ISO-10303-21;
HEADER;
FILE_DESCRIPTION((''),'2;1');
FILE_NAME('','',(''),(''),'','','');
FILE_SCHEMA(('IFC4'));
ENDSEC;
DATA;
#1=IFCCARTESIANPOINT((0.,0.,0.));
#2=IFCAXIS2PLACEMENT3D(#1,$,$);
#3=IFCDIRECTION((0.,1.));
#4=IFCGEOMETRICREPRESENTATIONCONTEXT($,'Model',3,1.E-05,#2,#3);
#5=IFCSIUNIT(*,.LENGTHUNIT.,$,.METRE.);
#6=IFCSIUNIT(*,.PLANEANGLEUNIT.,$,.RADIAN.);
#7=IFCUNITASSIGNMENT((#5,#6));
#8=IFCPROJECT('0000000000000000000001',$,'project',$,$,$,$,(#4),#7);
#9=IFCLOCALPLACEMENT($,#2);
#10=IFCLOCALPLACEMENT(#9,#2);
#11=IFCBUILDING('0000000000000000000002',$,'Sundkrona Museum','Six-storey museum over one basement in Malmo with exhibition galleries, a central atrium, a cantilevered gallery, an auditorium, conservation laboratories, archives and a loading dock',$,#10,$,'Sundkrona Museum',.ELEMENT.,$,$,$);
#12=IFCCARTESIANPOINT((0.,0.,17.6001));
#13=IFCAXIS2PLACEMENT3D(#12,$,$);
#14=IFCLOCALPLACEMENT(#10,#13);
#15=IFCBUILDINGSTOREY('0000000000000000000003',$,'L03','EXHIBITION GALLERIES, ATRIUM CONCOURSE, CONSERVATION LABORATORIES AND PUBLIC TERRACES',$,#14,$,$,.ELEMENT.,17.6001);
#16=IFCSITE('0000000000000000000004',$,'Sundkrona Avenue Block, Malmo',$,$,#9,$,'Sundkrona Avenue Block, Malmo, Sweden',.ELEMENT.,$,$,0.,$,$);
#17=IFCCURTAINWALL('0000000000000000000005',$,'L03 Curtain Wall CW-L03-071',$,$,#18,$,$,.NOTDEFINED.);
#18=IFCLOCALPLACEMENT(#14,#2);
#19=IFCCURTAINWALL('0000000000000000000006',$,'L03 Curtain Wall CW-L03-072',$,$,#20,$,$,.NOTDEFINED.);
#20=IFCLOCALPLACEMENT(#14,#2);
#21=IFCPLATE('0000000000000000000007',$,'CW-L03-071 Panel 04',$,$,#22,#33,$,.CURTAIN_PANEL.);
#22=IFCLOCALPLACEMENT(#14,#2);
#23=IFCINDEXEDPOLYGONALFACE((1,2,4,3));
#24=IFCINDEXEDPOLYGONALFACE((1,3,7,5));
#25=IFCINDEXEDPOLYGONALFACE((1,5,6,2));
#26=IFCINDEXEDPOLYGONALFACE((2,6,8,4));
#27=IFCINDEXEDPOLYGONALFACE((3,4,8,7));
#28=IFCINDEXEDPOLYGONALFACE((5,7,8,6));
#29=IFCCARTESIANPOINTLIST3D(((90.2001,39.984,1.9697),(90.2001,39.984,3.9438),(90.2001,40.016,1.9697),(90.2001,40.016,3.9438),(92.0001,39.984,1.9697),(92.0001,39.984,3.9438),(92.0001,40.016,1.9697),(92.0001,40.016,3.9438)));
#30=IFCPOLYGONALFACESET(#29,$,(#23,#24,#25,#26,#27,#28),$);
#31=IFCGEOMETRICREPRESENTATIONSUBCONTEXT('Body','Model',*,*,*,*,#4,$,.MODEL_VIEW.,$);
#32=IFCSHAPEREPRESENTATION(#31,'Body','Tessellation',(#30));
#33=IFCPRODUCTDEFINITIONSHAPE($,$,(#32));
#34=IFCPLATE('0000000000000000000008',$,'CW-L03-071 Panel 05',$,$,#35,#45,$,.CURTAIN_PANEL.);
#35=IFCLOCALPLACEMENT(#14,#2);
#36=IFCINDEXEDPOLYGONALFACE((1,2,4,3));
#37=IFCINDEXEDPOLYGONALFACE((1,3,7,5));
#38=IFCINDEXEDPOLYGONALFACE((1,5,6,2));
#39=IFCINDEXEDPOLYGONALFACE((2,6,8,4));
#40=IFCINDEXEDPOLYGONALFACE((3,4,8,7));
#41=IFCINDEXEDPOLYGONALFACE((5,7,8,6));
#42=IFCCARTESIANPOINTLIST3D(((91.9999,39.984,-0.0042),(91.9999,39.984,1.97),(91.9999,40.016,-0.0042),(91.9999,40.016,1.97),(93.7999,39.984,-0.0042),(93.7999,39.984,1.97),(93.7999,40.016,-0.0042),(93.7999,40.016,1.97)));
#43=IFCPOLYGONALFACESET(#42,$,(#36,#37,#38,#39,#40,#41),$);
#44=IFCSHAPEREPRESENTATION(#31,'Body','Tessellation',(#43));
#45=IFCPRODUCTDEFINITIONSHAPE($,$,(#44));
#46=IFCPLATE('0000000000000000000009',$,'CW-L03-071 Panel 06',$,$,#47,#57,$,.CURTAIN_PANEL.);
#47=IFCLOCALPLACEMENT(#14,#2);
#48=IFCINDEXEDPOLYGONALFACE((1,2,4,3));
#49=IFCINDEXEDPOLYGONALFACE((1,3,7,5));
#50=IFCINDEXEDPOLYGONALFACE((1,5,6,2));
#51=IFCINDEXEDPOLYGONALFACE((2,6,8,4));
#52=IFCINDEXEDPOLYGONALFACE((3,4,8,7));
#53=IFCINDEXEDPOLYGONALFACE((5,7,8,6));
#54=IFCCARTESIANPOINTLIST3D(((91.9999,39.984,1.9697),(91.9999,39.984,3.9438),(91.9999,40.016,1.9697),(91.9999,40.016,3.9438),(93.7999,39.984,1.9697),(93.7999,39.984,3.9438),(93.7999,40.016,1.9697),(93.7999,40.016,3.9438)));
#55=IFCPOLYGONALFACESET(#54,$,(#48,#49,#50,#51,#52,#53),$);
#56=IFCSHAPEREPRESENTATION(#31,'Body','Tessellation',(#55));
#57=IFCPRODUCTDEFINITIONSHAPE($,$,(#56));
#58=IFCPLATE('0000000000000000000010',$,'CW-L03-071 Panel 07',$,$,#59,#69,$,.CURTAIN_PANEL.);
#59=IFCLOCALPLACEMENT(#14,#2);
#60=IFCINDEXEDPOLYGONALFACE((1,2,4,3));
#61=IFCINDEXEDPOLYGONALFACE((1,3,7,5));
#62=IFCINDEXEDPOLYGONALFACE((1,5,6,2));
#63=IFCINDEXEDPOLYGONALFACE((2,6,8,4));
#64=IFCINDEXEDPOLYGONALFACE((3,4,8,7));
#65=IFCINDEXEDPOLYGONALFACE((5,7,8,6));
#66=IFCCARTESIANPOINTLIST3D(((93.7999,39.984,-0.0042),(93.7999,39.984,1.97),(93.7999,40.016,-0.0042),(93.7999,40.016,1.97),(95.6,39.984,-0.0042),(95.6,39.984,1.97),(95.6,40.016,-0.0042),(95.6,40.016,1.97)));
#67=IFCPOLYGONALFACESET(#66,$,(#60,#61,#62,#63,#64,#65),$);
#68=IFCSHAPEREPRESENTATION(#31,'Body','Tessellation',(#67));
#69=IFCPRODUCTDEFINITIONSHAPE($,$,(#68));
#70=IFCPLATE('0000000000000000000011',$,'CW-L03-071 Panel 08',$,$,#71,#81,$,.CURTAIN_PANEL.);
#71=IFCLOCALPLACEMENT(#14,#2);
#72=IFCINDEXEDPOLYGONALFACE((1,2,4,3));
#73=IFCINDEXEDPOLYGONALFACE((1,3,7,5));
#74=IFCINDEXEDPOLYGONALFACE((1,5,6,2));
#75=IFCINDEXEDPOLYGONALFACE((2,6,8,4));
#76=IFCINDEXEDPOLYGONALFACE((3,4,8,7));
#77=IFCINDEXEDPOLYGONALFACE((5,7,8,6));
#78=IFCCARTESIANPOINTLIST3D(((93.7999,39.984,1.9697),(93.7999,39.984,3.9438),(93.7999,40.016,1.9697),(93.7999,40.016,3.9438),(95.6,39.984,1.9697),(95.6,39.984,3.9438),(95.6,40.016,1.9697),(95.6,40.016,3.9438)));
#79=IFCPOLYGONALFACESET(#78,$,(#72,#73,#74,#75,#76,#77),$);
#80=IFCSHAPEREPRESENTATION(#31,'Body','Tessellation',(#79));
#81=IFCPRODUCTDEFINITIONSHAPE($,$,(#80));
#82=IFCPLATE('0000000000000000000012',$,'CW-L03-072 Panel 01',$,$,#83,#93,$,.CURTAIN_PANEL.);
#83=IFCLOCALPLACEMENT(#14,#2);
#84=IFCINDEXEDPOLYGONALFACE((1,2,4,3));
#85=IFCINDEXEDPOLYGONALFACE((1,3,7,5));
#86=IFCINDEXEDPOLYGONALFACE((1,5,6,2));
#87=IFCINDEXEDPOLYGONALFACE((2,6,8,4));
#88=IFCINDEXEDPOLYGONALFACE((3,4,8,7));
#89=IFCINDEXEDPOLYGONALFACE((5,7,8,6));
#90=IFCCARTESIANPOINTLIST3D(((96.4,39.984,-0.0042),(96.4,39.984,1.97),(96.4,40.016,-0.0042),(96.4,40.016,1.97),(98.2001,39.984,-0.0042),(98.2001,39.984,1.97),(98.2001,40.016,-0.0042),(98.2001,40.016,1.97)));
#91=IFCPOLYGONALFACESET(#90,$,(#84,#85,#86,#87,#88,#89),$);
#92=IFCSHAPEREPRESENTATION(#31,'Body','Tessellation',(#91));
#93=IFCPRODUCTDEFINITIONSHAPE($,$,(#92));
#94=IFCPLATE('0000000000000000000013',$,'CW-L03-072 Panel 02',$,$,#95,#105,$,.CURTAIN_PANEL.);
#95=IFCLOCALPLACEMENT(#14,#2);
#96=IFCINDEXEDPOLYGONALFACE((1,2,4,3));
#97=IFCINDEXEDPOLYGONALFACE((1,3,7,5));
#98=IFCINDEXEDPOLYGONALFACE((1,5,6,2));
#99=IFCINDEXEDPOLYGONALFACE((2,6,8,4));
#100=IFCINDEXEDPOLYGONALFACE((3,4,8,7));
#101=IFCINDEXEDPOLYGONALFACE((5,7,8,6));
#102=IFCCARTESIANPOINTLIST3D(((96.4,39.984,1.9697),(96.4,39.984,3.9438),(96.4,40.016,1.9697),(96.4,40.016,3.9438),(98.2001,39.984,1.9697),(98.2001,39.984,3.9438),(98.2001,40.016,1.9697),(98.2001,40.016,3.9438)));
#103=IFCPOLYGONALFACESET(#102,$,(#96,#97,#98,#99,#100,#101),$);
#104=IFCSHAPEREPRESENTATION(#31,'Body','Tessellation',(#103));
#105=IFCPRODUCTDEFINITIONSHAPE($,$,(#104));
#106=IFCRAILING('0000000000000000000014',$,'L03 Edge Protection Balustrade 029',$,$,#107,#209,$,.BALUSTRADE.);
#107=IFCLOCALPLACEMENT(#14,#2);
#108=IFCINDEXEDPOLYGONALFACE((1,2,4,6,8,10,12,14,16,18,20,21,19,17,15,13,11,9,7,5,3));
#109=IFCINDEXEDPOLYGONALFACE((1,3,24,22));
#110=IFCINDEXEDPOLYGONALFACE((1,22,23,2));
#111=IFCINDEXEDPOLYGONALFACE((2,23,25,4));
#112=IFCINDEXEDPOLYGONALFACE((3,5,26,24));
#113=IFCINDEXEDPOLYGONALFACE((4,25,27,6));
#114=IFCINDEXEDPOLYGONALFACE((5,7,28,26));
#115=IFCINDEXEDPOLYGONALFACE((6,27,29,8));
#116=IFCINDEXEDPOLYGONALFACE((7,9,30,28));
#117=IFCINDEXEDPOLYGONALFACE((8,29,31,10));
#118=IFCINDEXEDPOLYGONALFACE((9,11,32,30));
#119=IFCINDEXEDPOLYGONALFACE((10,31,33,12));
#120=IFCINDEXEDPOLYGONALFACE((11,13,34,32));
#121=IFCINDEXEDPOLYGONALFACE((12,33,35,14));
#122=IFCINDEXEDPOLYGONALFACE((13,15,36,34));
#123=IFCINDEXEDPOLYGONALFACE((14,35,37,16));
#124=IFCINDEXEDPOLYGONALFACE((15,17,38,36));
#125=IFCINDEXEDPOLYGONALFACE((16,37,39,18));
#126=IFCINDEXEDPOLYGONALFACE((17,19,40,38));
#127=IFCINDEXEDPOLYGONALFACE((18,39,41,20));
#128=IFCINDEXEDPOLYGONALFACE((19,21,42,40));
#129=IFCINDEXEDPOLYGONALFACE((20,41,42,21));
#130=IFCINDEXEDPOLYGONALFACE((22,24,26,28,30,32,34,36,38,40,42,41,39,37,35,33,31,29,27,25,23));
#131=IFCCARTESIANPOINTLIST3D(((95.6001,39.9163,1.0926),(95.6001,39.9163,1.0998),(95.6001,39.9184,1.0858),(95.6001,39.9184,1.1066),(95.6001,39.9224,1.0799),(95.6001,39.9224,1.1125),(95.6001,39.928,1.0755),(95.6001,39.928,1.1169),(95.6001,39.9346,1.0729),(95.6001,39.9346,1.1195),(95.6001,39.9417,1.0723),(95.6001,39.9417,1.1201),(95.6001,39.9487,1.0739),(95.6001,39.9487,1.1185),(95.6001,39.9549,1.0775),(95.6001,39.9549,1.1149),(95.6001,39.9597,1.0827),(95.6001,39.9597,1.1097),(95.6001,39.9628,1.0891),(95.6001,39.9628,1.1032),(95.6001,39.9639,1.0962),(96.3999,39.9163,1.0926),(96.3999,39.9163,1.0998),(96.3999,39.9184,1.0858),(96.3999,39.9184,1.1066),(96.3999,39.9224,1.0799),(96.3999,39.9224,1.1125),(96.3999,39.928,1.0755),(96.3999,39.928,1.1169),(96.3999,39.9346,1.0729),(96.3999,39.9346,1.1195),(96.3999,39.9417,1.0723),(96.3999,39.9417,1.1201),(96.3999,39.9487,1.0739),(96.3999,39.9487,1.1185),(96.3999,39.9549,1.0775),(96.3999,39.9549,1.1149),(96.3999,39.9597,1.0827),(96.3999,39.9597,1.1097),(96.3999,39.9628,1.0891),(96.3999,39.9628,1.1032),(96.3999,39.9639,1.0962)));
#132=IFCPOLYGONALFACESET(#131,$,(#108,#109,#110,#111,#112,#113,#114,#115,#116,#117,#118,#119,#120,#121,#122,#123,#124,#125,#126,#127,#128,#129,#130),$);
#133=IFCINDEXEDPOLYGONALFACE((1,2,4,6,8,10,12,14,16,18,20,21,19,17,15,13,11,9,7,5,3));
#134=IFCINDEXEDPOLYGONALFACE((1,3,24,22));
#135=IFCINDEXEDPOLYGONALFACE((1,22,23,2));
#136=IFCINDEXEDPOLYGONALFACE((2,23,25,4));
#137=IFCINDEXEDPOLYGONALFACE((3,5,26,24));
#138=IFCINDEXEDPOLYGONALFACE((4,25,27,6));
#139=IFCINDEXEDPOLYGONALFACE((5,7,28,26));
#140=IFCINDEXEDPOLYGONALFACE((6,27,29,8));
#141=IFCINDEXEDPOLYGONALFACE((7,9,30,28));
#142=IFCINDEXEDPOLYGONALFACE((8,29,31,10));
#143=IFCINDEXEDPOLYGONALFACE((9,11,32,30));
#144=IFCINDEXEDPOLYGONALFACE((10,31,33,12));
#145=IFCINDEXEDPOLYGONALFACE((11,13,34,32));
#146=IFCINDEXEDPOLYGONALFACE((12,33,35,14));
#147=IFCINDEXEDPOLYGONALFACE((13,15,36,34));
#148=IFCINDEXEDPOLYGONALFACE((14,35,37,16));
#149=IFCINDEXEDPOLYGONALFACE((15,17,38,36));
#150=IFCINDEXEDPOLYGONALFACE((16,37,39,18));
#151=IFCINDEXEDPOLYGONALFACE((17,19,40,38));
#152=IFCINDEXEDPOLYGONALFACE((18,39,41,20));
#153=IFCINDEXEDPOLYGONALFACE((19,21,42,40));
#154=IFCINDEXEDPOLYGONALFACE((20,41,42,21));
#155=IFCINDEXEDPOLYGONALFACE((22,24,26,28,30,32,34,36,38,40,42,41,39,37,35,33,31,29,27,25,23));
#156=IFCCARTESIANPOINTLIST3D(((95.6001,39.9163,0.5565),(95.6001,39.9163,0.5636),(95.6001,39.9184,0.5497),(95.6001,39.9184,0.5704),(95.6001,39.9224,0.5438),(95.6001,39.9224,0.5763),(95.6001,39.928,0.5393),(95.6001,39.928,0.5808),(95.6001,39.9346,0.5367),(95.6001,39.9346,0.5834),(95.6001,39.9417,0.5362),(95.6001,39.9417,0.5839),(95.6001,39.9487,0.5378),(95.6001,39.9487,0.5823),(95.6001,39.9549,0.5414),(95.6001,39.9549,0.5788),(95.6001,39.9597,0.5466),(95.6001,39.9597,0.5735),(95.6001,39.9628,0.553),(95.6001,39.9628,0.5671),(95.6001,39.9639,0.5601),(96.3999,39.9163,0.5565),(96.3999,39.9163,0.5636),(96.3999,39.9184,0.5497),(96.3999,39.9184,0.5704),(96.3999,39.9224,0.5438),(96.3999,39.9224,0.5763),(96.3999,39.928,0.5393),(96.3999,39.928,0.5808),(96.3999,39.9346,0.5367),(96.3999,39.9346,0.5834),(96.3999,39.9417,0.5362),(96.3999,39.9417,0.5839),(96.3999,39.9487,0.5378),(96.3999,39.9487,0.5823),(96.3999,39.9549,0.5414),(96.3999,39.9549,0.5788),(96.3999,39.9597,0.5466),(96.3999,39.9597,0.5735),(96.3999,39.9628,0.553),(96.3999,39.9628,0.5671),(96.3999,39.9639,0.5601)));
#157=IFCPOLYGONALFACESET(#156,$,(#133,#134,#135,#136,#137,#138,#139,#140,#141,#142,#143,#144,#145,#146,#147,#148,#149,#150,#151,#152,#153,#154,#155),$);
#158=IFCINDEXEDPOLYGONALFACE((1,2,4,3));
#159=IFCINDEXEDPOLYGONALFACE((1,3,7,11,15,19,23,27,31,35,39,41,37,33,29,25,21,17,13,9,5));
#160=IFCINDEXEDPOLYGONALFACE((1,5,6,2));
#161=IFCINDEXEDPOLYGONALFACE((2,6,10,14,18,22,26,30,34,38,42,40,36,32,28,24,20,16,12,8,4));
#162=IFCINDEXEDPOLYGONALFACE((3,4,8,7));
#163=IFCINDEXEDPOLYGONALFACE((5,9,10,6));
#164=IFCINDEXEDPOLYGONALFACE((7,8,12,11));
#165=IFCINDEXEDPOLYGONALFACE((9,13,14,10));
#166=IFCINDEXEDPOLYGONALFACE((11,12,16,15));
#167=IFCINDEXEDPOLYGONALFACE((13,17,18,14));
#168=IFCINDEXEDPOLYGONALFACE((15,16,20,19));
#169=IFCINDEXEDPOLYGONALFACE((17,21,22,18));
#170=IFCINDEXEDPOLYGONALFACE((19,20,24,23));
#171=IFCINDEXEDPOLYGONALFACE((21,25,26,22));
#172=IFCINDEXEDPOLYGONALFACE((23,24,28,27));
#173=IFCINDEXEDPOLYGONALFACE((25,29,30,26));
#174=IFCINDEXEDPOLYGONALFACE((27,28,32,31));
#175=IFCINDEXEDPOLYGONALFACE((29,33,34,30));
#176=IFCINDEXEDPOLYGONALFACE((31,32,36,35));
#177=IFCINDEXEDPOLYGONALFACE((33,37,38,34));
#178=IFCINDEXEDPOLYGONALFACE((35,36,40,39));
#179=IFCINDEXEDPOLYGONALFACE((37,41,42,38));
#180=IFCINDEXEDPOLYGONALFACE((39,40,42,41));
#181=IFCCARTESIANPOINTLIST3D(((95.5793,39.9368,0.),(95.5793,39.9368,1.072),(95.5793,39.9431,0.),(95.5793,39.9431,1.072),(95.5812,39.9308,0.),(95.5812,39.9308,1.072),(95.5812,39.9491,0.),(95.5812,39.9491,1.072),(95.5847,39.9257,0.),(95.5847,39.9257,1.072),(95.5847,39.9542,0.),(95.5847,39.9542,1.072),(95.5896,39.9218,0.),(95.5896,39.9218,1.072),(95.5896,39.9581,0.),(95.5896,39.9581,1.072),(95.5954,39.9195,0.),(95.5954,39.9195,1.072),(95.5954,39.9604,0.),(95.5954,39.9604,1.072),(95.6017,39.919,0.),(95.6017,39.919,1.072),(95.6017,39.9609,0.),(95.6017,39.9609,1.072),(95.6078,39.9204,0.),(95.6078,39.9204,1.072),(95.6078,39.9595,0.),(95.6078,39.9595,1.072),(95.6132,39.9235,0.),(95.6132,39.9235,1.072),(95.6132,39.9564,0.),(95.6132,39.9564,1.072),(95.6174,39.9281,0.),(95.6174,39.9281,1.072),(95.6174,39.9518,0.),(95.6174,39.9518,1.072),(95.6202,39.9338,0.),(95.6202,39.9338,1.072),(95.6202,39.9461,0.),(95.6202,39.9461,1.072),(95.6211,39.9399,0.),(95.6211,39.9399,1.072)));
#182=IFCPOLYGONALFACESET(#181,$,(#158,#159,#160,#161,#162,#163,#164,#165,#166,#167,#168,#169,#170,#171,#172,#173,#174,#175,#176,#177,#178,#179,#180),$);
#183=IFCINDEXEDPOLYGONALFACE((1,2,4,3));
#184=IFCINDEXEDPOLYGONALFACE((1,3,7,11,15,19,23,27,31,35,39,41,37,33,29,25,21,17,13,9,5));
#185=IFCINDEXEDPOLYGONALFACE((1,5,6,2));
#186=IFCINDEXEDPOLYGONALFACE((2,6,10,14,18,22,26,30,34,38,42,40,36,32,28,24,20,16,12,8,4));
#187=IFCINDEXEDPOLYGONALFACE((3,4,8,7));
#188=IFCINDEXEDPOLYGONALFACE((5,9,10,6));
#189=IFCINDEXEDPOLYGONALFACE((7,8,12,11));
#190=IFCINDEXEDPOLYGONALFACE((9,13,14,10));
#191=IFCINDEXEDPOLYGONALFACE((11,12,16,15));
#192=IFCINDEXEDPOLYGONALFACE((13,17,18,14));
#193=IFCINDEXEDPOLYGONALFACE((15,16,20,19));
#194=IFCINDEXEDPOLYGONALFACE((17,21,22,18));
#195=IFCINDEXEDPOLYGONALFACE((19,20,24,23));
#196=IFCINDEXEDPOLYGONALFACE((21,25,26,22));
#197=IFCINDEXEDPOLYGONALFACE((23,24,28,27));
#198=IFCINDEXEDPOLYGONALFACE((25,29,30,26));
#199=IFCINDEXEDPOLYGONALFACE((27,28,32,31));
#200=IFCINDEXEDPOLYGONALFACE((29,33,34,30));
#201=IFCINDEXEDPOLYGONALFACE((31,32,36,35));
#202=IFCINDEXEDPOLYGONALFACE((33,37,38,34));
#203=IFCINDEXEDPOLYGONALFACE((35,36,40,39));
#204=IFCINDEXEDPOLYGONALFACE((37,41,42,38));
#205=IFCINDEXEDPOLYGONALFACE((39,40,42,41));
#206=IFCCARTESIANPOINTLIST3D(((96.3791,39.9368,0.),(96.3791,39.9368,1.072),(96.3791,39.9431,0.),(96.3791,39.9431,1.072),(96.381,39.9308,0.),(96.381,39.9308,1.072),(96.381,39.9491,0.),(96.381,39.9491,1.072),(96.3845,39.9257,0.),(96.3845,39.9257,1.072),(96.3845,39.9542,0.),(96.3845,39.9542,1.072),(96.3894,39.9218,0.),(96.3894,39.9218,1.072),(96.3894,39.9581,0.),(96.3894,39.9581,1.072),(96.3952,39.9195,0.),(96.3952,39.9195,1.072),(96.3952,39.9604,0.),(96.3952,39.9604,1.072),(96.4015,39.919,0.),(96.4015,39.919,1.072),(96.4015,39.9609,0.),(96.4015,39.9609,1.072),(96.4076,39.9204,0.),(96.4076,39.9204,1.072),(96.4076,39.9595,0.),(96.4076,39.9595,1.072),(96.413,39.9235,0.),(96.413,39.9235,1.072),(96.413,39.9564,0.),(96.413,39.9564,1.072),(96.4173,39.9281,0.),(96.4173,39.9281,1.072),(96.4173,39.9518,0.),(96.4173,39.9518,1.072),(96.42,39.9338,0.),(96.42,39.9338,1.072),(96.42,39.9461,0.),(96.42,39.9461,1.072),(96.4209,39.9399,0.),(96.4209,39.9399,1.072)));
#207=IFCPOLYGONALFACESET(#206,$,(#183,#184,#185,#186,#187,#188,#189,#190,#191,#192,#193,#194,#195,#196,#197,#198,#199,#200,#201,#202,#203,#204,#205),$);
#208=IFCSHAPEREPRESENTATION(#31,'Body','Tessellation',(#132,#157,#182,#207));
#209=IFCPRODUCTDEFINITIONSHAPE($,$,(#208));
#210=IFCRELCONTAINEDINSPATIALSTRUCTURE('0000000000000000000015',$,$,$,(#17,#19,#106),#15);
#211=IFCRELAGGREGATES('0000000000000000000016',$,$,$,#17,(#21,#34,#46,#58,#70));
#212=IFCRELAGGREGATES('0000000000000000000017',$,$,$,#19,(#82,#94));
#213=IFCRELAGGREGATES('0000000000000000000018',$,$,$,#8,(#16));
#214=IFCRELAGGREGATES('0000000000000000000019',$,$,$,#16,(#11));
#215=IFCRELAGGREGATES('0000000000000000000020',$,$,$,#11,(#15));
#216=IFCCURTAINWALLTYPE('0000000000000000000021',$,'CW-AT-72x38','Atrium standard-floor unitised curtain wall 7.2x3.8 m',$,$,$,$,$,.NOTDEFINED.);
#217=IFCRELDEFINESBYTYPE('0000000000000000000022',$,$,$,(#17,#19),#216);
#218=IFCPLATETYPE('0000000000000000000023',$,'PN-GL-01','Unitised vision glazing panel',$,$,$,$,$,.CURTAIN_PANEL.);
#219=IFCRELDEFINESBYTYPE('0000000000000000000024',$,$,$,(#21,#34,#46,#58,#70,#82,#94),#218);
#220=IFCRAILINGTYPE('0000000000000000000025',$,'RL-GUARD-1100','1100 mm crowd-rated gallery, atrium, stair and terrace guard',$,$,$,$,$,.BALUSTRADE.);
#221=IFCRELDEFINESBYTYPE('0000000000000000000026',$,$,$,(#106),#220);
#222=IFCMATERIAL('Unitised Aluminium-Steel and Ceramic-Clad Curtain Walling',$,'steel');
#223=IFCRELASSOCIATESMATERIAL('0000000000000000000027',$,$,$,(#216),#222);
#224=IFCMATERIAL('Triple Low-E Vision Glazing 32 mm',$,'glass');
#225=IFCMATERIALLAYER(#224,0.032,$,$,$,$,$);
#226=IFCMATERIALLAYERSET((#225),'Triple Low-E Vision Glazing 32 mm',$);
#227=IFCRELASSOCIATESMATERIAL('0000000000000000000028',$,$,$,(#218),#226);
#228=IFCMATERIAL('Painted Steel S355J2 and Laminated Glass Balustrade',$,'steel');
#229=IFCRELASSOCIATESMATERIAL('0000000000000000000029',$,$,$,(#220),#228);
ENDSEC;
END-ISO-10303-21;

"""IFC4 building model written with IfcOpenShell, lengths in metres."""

from ifc_helpers import new_model, si_unit, direction, frame, origin, origin_2d, place, context, subcontext, project, spatial, rectangle, circle, extrude, material, layer, layer_set, type_object, element, aggregate, save


model = new_model("IFC4")

# Units and contexts
model_context = context("Model", 3, precision=1e-05, world=origin(), true_north=direction((0.0, 1.0)))
body_context = subcontext(model_context, "Body", "Model", "MODEL_VIEW")
ifc_project = project(units=[si_unit("LENGTHUNIT", "METRE"), si_unit("PLANEANGLEUNIT", "RADIAN")], contexts=[model_context])

# Site, building, storey
site_placement = place(None, origin())
site = spatial("IfcSite", under=ifc_project, at=site_placement, Name="Sundkrona Avenue Block, Malmo", LongName="Sundkrona Avenue Block, Malmo, Sweden", CompositionType="ELEMENT", RefElevation=0.0)
building_placement = place(site_placement, origin())
building = spatial("IfcBuilding", under=site, at=building_placement, Name="Sundkrona Museum", Description="Six-storey museum over one basement in Malmo with exhibition galleries, a central atrium, a cantilevered gallery, an auditorium, conservation laboratories, archives and a loading dock", LongName="Sundkrona Museum", CompositionType="ELEMENT")
storey_placement = place(building_placement, frame((0.0, 0.0, 17.6001)))
storey = spatial("IfcBuildingStorey", under=building, at=storey_placement, Name="L03", Description="EXHIBITION GALLERIES, ATRIUM CONCOURSE, CONSERVATION LABORATORIES AND PUBLIC TERRACES", CompositionType="ELEMENT", Elevation=17.6001)

# Curtain walls
ifc_material_1 = material(Name="Unitised Aluminium-Steel and Ceramic-Clad Curtain Walling", Category="steel")
curtain_wall_type = type_object("IfcCurtainWallType", Name="CW-AT-72x38", Description="Atrium standard-floor unitised curtain wall 7.2x3.8 m", PredefinedType="NOTDEFINED", material=ifc_material_1)
curtain_wall_1_placement = place(storey_placement, origin())
curtain_wall_1 = element("IfcCurtainWall", 1, at=curtain_wall_1_placement, inside=storey, type_object=curtain_wall_type, Name="L03 Curtain Wall CW-L03-071", PredefinedType="NOTDEFINED")
curtain_wall_2_placement = place(storey_placement, origin())
curtain_wall_2 = element("IfcCurtainWall", 2, at=curtain_wall_2_placement, inside=storey, type_object=curtain_wall_type, Name="L03 Curtain Wall CW-L03-072", PredefinedType="NOTDEFINED")

# Plates
ifc_material_2 = material(Name="Triple Low-E Vision Glazing 32 mm", Category="glass")
ifc_layer = layer(ifc_material_2, 0.032)
ifc_layer_set = layer_set([ifc_layer], Name="Triple Low-E Vision Glazing 32 mm")
plate_type = type_object("IfcPlateType", Name="PN-GL-01", Description="Unitised vision glazing panel", PredefinedType="CURTAIN_PANEL", material=ifc_layer_set)
plate_1_placement = place(storey_placement, frame((91.1001, 40.0, 1.9697), z_axis=(0.0, 0.0, 1.0), x_axis=(1.0, 0.0, 0.0)))
plate_1 = element("IfcPlate", 3, at=plate_1_placement, type_object=plate_type, Name="CW-L03-071 Panel 04", PredefinedType="CURTAIN_PANEL", context=body_context, shape_type="SweptSolid", body=[
    extrude(rectangle(XDim=1.8, YDim=0.032, at=origin_2d()), origin(), (0.0, 0.0, 1.0), 1.9741),
])
plate_2_placement = place(storey_placement, frame((92.8999, 40.0, -0.0042), z_axis=(0.0, 0.0, 1.0), x_axis=(1.0, 0.0, 0.0)))
plate_2 = element("IfcPlate", 4, at=plate_2_placement, type_object=plate_type, Name="CW-L03-071 Panel 05", PredefinedType="CURTAIN_PANEL", context=body_context, shape_type="SweptSolid", body=[
    extrude(rectangle(XDim=1.8, YDim=0.032, at=origin_2d()), origin(), (0.0, 0.0, 1.0), 1.9741),
])
plate_3_placement = place(storey_placement, frame((92.8999, 40.0, 1.9697), z_axis=(0.0, 0.0, 1.0), x_axis=(1.0, 0.0, 0.0)))
plate_3 = element("IfcPlate", 5, at=plate_3_placement, type_object=plate_type, Name="CW-L03-071 Panel 06", PredefinedType="CURTAIN_PANEL", context=body_context, shape_type="SweptSolid", body=[
    extrude(rectangle(XDim=1.8, YDim=0.032, at=origin_2d()), origin(), (0.0, 0.0, 1.0), 1.9741),
])
plate_4_placement = place(storey_placement, frame((94.7, 40.0, -0.0042), z_axis=(0.0, 0.0, 1.0), x_axis=(1.0, 0.0, 0.0)))
plate_4 = element("IfcPlate", 6, at=plate_4_placement, type_object=plate_type, Name="CW-L03-071 Panel 07", PredefinedType="CURTAIN_PANEL", context=body_context, shape_type="SweptSolid", body=[
    extrude(rectangle(XDim=1.8, YDim=0.032, at=origin_2d()), origin(), (0.0, 0.0, 1.0), 1.9741),
])
plate_5_placement = place(storey_placement, frame((94.7, 40.0, 1.9697), z_axis=(0.0, 0.0, 1.0), x_axis=(1.0, 0.0, 0.0)))
plate_5 = element("IfcPlate", 7, at=plate_5_placement, type_object=plate_type, Name="CW-L03-071 Panel 08", PredefinedType="CURTAIN_PANEL", context=body_context, shape_type="SweptSolid", body=[
    extrude(rectangle(XDim=1.8, YDim=0.032, at=origin_2d()), origin(), (0.0, 0.0, 1.0), 1.9741),
])
aggregate(curtain_wall_1, [plate_1, plate_2, plate_3, plate_4, plate_5])
plate_6_placement = place(storey_placement, frame((97.3, 40.0, -0.0042), z_axis=(0.0, 0.0, 1.0), x_axis=(1.0, 0.0, 0.0)))
plate_6 = element("IfcPlate", 8, at=plate_6_placement, type_object=plate_type, Name="CW-L03-072 Panel 01", PredefinedType="CURTAIN_PANEL", context=body_context, shape_type="SweptSolid", body=[
    extrude(rectangle(XDim=1.8, YDim=0.032, at=origin_2d()), origin(), (0.0, 0.0, 1.0), 1.9741),
])
plate_7_placement = place(storey_placement, frame((97.3, 40.0, 1.9697), z_axis=(0.0, 0.0, 1.0), x_axis=(1.0, 0.0, 0.0)))
plate_7 = element("IfcPlate", 9, at=plate_7_placement, type_object=plate_type, Name="CW-L03-072 Panel 02", PredefinedType="CURTAIN_PANEL", context=body_context, shape_type="SweptSolid", body=[
    extrude(rectangle(XDim=1.8, YDim=0.032, at=origin_2d()), origin(), (0.0, 0.0, 1.0), 1.9741),
])
aggregate(curtain_wall_2, [plate_6, plate_7])

# Railing
ifc_material_3 = material(Name="Painted Steel S355J2 and Laminated Glass Balustrade", Category="steel")
railing_type = type_object("IfcRailingType", Name="RL-GUARD-1100", Description="1100 mm crowd-rated gallery, atrium, stair and terrace guard", PredefinedType="BALUSTRADE", material=ifc_material_3)
railing_placement = place(storey_placement, frame((95.6001, 39.9399, 0.0)))
element("IfcRailing", 10, at=railing_placement, inside=storey, type_object=railing_type, Name="L03 Edge Protection Balustrade 029", PredefinedType="BALUSTRADE", context=body_context, shape_type="SweptSolid", body=[
    extrude(circle(Radius=0.0239, at=origin_2d()), frame((0.0, 0.0, 1.0962), z_axis=(1.0, 0.0, 0.0), x_axis=(0.0, 1.0, 0.0)), (0.0, 0.0, 1.0), 0.7998),
    extrude(circle(Radius=0.0239, at=origin_2d()), frame((0.0, 0.0, 0.5601), z_axis=(1.0, 0.0, 0.0), x_axis=(0.0, 1.0, 0.0)), (0.0, 0.0, 1.0), 0.7998),
    extrude(circle(Radius=0.021, at=origin_2d()), origin(), (0.0, 0.0, 1.0), 1.072),
    extrude(circle(Radius=0.021, at=origin_2d()), frame((0.7998, 0.0, 0.0)), (0.0, 0.0, 1.0), 1.072),
])

save(model, "model.ifc")
